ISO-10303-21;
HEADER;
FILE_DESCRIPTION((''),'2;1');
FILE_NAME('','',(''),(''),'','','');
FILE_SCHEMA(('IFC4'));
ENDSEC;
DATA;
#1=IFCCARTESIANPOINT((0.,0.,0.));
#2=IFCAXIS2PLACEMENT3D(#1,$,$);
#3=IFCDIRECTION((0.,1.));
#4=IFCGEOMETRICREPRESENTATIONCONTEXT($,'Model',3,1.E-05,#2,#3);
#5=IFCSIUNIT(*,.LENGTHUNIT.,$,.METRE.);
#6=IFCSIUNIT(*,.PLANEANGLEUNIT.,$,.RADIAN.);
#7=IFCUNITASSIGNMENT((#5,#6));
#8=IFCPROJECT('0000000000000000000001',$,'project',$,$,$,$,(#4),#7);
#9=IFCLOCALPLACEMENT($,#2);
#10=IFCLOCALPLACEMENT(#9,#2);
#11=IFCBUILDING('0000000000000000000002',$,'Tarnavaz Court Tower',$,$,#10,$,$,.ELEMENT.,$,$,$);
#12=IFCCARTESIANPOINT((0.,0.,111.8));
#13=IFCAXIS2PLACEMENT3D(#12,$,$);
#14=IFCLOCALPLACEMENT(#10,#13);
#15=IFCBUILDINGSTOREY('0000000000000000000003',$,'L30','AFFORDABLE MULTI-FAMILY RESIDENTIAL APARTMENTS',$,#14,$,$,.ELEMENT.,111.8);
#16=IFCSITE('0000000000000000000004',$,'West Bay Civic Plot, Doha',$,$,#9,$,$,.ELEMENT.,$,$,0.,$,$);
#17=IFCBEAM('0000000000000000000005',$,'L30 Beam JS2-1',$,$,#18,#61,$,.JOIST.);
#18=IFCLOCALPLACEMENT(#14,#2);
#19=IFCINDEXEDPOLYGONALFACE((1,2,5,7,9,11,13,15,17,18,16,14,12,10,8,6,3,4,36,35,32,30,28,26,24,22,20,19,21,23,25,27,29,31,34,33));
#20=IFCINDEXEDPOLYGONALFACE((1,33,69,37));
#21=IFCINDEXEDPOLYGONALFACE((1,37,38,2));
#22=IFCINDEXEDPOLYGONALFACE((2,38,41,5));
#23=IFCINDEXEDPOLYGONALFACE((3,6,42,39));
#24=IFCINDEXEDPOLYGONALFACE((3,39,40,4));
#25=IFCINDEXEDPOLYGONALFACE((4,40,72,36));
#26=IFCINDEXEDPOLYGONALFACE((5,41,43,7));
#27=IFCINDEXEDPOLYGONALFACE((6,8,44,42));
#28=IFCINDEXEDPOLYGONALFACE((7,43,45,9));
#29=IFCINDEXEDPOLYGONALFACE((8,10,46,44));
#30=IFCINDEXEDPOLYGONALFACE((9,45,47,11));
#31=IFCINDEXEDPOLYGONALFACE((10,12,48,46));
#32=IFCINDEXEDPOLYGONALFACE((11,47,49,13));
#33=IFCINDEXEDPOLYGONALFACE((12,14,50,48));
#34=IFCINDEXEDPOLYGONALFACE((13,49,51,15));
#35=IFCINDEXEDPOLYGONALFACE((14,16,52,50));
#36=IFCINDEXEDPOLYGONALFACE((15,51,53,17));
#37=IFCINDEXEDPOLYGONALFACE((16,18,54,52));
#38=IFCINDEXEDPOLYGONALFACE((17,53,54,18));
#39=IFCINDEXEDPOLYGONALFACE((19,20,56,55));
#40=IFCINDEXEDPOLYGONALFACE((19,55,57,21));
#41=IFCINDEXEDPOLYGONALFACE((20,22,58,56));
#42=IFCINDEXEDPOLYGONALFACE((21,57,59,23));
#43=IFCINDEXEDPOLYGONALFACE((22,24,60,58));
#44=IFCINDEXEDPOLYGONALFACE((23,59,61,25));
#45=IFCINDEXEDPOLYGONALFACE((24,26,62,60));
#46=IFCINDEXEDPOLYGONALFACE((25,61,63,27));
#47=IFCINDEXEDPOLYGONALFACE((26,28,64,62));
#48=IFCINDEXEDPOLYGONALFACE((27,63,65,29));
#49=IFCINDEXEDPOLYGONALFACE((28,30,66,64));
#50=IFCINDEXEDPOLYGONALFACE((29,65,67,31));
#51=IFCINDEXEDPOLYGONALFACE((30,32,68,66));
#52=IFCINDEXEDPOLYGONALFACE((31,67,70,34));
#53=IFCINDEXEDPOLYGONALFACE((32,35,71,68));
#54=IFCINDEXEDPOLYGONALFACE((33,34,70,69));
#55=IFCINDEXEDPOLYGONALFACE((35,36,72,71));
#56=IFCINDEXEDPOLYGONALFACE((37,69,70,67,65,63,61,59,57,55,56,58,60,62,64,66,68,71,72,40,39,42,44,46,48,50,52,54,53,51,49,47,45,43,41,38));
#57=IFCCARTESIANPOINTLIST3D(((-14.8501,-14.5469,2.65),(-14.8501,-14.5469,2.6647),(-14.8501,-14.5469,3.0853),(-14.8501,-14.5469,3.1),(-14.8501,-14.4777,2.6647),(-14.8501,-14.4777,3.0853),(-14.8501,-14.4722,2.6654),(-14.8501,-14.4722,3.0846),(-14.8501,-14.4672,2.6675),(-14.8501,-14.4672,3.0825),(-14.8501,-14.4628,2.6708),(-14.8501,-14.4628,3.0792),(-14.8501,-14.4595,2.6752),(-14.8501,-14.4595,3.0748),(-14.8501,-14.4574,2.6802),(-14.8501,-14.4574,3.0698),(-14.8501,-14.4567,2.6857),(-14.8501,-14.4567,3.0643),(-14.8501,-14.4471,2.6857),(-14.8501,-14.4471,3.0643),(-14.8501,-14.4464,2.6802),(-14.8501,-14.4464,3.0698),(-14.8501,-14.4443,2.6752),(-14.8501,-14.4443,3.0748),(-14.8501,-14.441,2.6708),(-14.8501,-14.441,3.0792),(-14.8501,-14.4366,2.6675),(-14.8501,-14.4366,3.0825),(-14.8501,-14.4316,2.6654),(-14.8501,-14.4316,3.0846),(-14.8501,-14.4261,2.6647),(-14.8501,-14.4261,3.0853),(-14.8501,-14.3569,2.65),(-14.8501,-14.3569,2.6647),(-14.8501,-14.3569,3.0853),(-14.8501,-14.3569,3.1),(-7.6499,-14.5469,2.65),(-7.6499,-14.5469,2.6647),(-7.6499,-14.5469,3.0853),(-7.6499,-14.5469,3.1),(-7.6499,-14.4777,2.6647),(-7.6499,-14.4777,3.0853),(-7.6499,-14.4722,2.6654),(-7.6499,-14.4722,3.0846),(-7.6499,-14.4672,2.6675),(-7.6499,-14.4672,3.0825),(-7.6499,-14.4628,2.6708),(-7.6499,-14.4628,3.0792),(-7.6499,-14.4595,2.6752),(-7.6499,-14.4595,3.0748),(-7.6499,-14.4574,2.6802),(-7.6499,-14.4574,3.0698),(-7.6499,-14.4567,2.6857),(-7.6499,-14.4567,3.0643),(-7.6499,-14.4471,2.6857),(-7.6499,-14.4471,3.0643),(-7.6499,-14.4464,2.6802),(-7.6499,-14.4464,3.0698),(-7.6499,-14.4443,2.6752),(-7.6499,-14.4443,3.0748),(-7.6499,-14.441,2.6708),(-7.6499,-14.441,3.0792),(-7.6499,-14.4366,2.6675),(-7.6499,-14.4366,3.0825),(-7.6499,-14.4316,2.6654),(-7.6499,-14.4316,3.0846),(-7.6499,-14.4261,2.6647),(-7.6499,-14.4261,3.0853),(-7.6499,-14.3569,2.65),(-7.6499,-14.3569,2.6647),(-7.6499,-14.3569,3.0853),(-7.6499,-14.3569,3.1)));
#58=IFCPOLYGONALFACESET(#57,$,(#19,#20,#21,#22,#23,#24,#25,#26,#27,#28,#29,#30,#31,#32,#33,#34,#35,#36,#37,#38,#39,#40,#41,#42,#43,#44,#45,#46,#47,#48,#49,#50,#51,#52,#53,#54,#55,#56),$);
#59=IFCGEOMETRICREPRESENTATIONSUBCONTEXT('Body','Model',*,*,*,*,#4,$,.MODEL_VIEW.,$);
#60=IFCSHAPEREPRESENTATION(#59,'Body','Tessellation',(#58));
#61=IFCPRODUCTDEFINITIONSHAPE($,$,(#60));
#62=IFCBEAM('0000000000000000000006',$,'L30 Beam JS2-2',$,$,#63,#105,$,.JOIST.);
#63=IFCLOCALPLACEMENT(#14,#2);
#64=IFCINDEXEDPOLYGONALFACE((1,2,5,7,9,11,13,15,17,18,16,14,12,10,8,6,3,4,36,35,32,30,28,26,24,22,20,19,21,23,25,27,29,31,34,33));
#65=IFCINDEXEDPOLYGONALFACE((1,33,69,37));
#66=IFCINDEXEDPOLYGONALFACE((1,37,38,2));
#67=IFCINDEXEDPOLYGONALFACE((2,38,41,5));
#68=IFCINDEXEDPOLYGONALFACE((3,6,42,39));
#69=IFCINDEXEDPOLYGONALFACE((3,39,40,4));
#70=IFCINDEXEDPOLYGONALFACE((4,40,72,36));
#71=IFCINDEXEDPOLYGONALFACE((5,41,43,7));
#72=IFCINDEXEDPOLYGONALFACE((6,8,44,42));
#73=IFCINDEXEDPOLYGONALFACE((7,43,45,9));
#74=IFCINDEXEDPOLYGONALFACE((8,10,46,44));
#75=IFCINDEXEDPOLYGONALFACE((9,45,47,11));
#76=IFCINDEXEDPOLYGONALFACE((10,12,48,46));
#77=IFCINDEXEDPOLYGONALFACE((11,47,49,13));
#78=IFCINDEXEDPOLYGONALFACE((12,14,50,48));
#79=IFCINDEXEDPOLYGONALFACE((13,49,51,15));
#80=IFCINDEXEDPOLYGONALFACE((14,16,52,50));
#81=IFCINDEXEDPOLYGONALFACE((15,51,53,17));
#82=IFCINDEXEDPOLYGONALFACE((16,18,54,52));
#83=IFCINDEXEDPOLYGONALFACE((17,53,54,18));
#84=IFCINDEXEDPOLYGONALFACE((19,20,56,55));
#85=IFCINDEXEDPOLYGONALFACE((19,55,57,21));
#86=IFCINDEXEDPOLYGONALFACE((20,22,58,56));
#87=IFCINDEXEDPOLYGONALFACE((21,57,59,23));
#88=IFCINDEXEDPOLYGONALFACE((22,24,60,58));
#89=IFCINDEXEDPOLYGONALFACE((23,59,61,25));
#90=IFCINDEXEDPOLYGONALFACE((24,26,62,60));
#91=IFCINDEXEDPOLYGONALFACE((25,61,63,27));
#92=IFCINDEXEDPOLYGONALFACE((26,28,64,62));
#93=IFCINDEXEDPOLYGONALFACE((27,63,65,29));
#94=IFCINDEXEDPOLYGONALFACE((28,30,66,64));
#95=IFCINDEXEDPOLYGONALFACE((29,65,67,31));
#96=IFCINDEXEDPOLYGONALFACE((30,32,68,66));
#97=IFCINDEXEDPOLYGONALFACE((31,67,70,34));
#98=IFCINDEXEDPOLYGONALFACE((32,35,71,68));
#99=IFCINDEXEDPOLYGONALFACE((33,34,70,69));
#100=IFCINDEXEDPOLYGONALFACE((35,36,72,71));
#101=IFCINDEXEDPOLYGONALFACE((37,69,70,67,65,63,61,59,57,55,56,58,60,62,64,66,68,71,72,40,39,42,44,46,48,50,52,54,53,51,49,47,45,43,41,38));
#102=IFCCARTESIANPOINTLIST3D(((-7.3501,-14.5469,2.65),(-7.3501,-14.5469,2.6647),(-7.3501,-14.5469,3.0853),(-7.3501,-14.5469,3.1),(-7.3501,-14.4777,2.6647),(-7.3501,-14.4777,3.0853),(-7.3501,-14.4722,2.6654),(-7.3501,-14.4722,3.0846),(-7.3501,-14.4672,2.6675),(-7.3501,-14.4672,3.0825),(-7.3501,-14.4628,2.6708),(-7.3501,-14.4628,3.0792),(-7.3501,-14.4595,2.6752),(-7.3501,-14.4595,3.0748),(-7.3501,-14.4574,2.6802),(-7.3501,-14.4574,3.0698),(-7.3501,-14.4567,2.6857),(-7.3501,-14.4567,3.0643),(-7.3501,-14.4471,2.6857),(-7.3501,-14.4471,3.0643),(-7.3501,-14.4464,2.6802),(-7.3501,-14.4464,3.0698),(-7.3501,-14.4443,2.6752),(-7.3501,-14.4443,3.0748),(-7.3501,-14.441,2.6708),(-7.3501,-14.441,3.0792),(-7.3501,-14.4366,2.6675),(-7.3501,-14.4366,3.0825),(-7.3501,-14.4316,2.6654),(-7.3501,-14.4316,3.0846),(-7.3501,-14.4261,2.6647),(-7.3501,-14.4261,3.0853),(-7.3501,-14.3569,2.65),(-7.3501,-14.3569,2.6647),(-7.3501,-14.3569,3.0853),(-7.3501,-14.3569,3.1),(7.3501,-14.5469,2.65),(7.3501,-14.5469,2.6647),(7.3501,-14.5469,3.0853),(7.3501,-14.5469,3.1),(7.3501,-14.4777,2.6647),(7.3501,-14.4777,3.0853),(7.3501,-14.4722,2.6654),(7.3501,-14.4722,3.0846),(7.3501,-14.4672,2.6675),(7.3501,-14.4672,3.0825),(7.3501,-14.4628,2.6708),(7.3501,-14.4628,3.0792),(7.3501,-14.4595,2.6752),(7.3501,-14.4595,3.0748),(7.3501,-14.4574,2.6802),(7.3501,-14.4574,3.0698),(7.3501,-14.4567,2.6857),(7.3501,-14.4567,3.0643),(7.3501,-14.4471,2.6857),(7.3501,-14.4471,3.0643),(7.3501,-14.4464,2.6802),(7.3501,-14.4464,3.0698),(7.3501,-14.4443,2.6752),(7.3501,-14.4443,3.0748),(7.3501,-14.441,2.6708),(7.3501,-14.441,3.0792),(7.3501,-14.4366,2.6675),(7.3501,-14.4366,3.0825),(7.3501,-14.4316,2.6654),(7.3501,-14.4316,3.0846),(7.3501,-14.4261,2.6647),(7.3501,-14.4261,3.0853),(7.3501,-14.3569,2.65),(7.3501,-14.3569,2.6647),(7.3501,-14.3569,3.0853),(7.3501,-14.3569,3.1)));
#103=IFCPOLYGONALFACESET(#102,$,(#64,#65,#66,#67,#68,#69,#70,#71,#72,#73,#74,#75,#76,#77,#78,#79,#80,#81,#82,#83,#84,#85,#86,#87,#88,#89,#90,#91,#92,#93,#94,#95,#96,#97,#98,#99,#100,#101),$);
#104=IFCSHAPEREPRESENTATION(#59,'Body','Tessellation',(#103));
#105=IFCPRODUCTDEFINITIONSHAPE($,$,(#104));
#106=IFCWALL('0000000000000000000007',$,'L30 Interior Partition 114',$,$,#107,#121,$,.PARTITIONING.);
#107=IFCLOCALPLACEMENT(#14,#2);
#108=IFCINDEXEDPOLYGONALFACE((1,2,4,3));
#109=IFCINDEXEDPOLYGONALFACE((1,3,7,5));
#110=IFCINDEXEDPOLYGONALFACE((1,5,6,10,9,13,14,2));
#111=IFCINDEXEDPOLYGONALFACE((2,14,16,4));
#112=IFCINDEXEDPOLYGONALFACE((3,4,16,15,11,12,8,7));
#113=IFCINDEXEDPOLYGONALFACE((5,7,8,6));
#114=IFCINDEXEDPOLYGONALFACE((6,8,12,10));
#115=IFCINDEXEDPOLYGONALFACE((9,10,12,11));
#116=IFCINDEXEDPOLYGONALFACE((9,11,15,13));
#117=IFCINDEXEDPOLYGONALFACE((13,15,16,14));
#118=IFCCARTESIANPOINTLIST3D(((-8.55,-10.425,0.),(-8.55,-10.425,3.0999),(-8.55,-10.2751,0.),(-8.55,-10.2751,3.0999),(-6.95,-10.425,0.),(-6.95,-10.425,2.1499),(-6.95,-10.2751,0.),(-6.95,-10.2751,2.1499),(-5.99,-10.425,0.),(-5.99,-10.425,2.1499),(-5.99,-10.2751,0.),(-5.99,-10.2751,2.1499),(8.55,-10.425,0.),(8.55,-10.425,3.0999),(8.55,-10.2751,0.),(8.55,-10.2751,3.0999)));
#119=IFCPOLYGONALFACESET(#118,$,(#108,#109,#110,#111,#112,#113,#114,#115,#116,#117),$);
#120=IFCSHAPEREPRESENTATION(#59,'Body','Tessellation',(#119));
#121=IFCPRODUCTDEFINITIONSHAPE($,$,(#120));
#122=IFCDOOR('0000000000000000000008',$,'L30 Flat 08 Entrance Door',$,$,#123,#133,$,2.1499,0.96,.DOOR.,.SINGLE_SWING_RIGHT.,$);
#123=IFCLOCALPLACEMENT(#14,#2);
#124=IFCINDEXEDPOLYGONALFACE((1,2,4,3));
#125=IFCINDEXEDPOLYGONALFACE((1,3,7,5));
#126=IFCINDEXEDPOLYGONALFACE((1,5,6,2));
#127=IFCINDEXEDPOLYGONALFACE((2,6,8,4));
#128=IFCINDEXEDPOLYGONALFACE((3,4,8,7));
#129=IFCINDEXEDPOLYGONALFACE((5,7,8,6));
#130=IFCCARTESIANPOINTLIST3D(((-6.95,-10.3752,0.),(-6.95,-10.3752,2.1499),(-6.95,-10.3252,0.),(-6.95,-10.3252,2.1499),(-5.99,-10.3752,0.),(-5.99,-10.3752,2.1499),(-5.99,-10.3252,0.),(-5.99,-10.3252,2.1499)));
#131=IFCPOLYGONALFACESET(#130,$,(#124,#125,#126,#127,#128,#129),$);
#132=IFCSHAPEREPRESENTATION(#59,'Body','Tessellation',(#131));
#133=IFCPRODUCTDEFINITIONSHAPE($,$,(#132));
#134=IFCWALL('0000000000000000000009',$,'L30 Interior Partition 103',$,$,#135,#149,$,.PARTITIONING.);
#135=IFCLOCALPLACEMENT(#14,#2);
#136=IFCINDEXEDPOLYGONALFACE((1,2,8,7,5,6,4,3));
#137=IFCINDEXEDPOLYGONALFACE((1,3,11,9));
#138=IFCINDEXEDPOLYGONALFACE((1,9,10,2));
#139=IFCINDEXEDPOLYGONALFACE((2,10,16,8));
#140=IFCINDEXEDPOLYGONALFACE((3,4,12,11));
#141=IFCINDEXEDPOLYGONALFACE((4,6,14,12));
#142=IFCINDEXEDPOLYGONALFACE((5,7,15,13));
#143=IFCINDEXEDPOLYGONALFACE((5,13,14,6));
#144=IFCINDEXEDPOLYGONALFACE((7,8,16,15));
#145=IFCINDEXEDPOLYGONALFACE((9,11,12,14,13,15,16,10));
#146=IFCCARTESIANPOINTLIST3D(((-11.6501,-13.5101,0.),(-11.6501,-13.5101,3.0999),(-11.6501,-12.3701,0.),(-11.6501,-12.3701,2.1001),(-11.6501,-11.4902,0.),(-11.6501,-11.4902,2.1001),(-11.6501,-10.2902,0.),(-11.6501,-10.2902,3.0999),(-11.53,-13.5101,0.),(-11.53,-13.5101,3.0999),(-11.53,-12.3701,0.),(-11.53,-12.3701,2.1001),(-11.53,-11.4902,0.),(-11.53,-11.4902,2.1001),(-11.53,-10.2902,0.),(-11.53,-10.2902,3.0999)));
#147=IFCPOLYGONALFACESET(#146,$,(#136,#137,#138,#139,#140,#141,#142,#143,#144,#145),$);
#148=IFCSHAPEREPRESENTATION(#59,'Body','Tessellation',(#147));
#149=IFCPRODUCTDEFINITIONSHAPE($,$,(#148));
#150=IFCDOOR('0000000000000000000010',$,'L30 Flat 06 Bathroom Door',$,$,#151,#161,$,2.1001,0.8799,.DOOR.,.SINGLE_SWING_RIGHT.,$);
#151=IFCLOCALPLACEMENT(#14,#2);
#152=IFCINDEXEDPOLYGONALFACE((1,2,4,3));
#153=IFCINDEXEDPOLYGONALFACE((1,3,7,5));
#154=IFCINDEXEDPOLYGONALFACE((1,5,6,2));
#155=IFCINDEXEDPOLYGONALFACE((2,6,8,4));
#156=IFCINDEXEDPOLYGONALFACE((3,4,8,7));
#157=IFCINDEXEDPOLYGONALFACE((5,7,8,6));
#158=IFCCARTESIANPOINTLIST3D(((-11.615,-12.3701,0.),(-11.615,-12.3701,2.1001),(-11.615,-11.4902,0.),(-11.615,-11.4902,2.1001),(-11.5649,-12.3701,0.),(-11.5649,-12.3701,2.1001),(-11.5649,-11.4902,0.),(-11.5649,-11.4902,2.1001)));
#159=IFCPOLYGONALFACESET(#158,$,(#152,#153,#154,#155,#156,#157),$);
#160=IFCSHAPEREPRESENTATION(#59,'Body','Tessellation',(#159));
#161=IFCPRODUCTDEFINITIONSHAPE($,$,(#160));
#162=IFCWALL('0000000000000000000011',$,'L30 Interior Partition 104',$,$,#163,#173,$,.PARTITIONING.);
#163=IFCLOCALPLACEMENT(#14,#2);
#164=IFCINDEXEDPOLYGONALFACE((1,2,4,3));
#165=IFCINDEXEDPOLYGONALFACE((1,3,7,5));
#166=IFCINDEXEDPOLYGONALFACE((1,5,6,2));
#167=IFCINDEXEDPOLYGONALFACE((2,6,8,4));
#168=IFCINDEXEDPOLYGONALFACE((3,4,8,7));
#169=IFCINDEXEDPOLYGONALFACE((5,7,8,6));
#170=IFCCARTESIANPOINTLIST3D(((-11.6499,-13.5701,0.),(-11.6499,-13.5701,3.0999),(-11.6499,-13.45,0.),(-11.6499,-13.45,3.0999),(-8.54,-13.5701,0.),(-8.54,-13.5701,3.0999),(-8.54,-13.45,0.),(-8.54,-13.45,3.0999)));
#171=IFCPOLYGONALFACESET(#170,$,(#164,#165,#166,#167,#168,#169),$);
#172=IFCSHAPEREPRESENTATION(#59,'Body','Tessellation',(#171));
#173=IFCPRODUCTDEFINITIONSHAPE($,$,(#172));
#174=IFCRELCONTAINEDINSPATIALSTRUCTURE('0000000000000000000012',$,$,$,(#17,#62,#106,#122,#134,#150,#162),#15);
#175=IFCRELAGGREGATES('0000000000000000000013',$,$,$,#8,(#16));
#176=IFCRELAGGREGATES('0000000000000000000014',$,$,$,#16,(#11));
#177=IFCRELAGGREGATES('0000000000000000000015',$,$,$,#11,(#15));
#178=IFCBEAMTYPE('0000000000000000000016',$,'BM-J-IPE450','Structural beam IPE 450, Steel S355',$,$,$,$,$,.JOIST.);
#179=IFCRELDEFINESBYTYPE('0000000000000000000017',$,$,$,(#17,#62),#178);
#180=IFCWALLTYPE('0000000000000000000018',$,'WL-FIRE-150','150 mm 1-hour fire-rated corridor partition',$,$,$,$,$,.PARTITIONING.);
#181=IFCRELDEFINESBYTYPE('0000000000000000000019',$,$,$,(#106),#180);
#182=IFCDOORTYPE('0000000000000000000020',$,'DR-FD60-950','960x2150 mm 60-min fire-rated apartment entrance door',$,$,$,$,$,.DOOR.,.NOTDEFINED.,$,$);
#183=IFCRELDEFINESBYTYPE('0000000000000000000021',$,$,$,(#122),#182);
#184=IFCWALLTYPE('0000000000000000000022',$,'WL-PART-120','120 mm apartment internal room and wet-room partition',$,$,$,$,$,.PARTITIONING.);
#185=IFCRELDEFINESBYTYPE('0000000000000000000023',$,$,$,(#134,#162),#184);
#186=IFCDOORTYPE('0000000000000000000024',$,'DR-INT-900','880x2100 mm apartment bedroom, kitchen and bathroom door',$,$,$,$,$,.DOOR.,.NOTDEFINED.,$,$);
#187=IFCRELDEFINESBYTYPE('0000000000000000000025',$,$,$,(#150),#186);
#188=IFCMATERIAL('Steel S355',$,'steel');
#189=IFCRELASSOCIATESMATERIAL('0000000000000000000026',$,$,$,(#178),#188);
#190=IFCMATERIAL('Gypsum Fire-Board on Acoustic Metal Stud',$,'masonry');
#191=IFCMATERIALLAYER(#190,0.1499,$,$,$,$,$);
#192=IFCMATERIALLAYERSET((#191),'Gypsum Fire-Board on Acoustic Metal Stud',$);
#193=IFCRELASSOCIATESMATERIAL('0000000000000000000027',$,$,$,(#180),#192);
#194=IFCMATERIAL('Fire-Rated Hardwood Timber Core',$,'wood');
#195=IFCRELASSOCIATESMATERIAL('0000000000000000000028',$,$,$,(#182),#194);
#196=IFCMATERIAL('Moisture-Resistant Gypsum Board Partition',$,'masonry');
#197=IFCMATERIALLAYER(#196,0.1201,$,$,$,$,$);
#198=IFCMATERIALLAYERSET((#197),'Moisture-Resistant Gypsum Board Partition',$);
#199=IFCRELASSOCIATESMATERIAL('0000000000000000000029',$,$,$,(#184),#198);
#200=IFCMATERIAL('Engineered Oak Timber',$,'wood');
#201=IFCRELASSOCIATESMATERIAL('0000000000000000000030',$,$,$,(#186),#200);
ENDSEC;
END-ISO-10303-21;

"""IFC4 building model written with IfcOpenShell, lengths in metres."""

from ifc_helpers import new_model, si_unit, direction, frame, frame_2d, origin, origin_2d, place, context, subcontext, project, spatial, rectangle, i_section, extrude, material, layer, layer_set, material_profile, profile_set, type_object, element, fill, save


model = new_model("IFC4")

# Units and contexts
model_context = context("Model", 3, precision=1e-05, world=origin(), true_north=direction((0.0, 1.0)))
body_context = subcontext(model_context, "Body", "Model", "MODEL_VIEW")
ifc_project = project(units=[si_unit("LENGTHUNIT", "METRE"), si_unit("PLANEANGLEUNIT", "RADIAN")], contexts=[model_context])

# Site, building, storey
site_placement = place(None, origin())
site = spatial("IfcSite", under=ifc_project, at=site_placement, Name="West Bay Civic Plot, Doha", CompositionType="ELEMENT", RefElevation=0.0)
building_placement = place(site_placement, origin())
building = spatial("IfcBuilding", under=site, at=building_placement, Name="Tarnavaz Court Tower", CompositionType="ELEMENT")
storey_placement = place(building_placement, frame((0.0, 0.0, 111.8)))
storey = spatial("IfcBuildingStorey", under=building, at=storey_placement, Name="L30", Description="AFFORDABLE MULTI-FAMILY RESIDENTIAL APARTMENTS", CompositionType="ELEMENT", Elevation=111.8)

# Beams
ifc_material_1 = material(Name="Steel S355", Category="steel")
ifc_material_profile_1 = material_profile(ifc_material_1, i_section(OverallWidth=0.1899, OverallDepth=0.45, WebThickness=0.0095, FlangeThickness=0.0146, FilletRadius=0.021, at=origin_2d()), Name="IPE 450")
ifc_profile_set_1 = profile_set([ifc_material_profile_1], Name="Steel S355")
beam_type_1 = type_object("IfcBeamType", Name="BM-J-IPE450", Description="Structural beam IPE 450, Steel S355", PredefinedType="JOIST", material=ifc_profile_set_1)
beam_1_placement = place(storey_placement, frame((-14.8501, -14.4519, 2.875), z_axis=(1.0, 0.0, 0.0), x_axis=(0.0, 1.0, 0.0)))
element("IfcBeam", 1, at=beam_1_placement, inside=storey, type_object=beam_type_1, Name="L30 Beam JS2-1", PredefinedType="JOIST", context=body_context, shape_type="SweptSolid", body=[
    extrude(i_section(OverallWidth=0.1899, OverallDepth=0.45, WebThickness=0.0095, FlangeThickness=0.0146, FilletRadius=0.021, at=origin_2d()), origin(), (0.0, 0.0, 1.0), 7.2002),
])
beam_2_placement = place(storey_placement, frame((-7.3501, -14.4519, 2.875), z_axis=(1.0, 0.0, 0.0), x_axis=(0.0, 1.0, 0.0)))
element("IfcBeam", 2, at=beam_2_placement, inside=storey, type_object=beam_type_1, Name="L30 Beam JS2-2", PredefinedType="JOIST", context=body_context, shape_type="SweptSolid", body=[
    extrude(i_section(OverallWidth=0.1899, OverallDepth=0.45, WebThickness=0.0095, FlangeThickness=0.0146, FilletRadius=0.021, at=origin_2d()), origin(), (0.0, 0.0, 1.0), 14.7002),
])

# Walls, openings, doors
ifc_material_2 = material(Name="Gypsum Fire-Board on Acoustic Metal Stud", Category="masonry")
ifc_layer_1 = layer(ifc_material_2, 0.1499)
ifc_layer_set_1 = layer_set([ifc_layer_1], Name="Gypsum Fire-Board on Acoustic Metal Stud")
wall_type_1 = type_object("IfcWallType", Name="WL-FIRE-150", Description="150 mm 1-hour fire-rated corridor partition", PredefinedType="PARTITIONING", material=ifc_layer_set_1)
wall_1_placement = place(storey_placement, frame((-8.55, -10.3501, 0.0), z_axis=(0.0, 0.0, 1.0), x_axis=(1.0, 0.0, 0.0)))
wall_1 = element("IfcWall", 3, at=wall_1_placement, inside=storey, type_object=wall_type_1, Name="L30 Interior Partition 114", PredefinedType="PARTITIONING", context=body_context, shape_type="SweptSolid", body=[
    extrude(rectangle(XDim=17.1001, YDim=0.1499, at=frame_2d((8.55, 0.0))), origin(), (0.0, 0.0, 1.0), 3.0999),
])
opening_1_placement = place(wall_1_placement, frame((1.6001, 0.0, 0.0)))
opening_1 = element("IfcOpeningElement", 4, at=opening_1_placement, cuts=wall_1, PredefinedType="OPENING", context=body_context, shape_type="SweptSolid", body=[
    extrude(rectangle(XDim=0.96, YDim=2.1499, at=frame_2d((0.48, 1.075))), frame((0.0, 0.085, 0.0), z_axis=(0.0, -1.0, 0.0), x_axis=(1.0, 0.0, 0.0)), (0.0, 0.0, 1.0), 0.1699),
])
ifc_material_3 = material(Name="Fire-Rated Hardwood Timber Core", Category="wood")
door_type_1 = type_object("IfcDoorType", Name="DR-FD60-950", Description="960x2150 mm 60-min fire-rated apartment entrance door", OperationType="NOTDEFINED", PredefinedType="DOOR", material=ifc_material_3)
door_1_placement = place(opening_1_placement, origin())
door_1 = element("IfcDoor", 5, at=door_1_placement, inside=storey, type_object=door_type_1, Name="L30 Flat 08 Entrance Door", OperationType="SINGLE_SWING_RIGHT", OverallHeight=2.1499, OverallWidth=0.96, PredefinedType="DOOR", context=body_context, shape_type="SweptSolid", body=[
    extrude(rectangle(XDim=0.96, YDim=2.1499, at=frame_2d((0.48, 1.075))), frame((0.0, 0.0249, 0.0), z_axis=(0.0, -1.0, 0.0), x_axis=(1.0, 0.0, 0.0)), (0.0, 0.0, 1.0), 0.05),
])
fill(opening_1, door_1)
ifc_material_4 = material(Name="Moisture-Resistant Gypsum Board Partition", Category="masonry")
ifc_layer_2 = layer(ifc_material_4, 0.1201)
ifc_layer_set_2 = layer_set([ifc_layer_2], Name="Moisture-Resistant Gypsum Board Partition")
wall_type_2 = type_object("IfcWallType", Name="WL-PART-120", Description="120 mm apartment internal room and wet-room partition", PredefinedType="PARTITIONING", material=ifc_layer_set_2)
wall_2_placement = place(storey_placement, frame((-11.5901, -13.51, 0.0), z_axis=(0.0, 0.0, 1.0), x_axis=(0.0, 1.0, 0.0)))
wall_2 = element("IfcWall", 6, at=wall_2_placement, inside=storey, type_object=wall_type_2, Name="L30 Interior Partition 103", PredefinedType="PARTITIONING", context=body_context, shape_type="SweptSolid", body=[
    extrude(rectangle(XDim=3.22, YDim=0.1201, at=frame_2d((1.6099, 0.0))), origin(), (0.0, 0.0, 1.0), 3.0999),
])
opening_2_placement = place(wall_2_placement, frame((1.1399, 0.0, 0.0)))
opening_2 = element("IfcOpeningElement", 7, at=opening_2_placement, cuts=wall_2, PredefinedType="OPENING", context=body_context, shape_type="SweptSolid", body=[
    extrude(rectangle(XDim=0.8799, YDim=2.1001, at=frame_2d((0.4399, 1.05))), frame((0.0, 0.0701, 0.0), z_axis=(0.0, -1.0, 0.0), x_axis=(1.0, 0.0, 0.0)), (0.0, 0.0, 1.0), 0.1401),
])
ifc_material_5 = material(Name="Engineered Oak Timber", Category="wood")
door_type_2 = type_object("IfcDoorType", Name="DR-INT-900", Description="880x2100 mm apartment bedroom, kitchen and bathroom door", OperationType="NOTDEFINED", PredefinedType="DOOR", material=ifc_material_5)
door_2_placement = place(opening_2_placement, origin())
door_2 = element("IfcDoor", 8, at=door_2_placement, inside=storey, type_object=door_type_2, Name="L30 Flat 06 Bathroom Door", OperationType="SINGLE_SWING_RIGHT", OverallHeight=2.1001, OverallWidth=0.8799, PredefinedType="DOOR", context=body_context, shape_type="SweptSolid", body=[
    extrude(rectangle(XDim=0.8799, YDim=2.1001, at=frame_2d((0.4399, 1.05))), frame((0.0, 0.0249, 0.0), z_axis=(0.0, -1.0, 0.0), x_axis=(1.0, 0.0, 0.0)), (0.0, 0.0, 1.0), 0.05),
])
fill(opening_2, door_2)

# Wall
wall_3_placement = place(storey_placement, frame((-11.6499, -13.51, 0.0), z_axis=(0.0, 0.0, 1.0), x_axis=(1.0, 0.0, 0.0)))
element("IfcWall", 9, at=wall_3_placement, inside=storey, type_object=wall_type_2, Name="L30 Interior Partition 104", PredefinedType="PARTITIONING", context=body_context, shape_type="SweptSolid", body=[
    extrude(rectangle(XDim=3.1099, YDim=0.1201, at=frame_2d((1.5549, 0.0))), origin(), (0.0, 0.0, 1.0), 3.0999),
])

save(model, "model.ifc")
